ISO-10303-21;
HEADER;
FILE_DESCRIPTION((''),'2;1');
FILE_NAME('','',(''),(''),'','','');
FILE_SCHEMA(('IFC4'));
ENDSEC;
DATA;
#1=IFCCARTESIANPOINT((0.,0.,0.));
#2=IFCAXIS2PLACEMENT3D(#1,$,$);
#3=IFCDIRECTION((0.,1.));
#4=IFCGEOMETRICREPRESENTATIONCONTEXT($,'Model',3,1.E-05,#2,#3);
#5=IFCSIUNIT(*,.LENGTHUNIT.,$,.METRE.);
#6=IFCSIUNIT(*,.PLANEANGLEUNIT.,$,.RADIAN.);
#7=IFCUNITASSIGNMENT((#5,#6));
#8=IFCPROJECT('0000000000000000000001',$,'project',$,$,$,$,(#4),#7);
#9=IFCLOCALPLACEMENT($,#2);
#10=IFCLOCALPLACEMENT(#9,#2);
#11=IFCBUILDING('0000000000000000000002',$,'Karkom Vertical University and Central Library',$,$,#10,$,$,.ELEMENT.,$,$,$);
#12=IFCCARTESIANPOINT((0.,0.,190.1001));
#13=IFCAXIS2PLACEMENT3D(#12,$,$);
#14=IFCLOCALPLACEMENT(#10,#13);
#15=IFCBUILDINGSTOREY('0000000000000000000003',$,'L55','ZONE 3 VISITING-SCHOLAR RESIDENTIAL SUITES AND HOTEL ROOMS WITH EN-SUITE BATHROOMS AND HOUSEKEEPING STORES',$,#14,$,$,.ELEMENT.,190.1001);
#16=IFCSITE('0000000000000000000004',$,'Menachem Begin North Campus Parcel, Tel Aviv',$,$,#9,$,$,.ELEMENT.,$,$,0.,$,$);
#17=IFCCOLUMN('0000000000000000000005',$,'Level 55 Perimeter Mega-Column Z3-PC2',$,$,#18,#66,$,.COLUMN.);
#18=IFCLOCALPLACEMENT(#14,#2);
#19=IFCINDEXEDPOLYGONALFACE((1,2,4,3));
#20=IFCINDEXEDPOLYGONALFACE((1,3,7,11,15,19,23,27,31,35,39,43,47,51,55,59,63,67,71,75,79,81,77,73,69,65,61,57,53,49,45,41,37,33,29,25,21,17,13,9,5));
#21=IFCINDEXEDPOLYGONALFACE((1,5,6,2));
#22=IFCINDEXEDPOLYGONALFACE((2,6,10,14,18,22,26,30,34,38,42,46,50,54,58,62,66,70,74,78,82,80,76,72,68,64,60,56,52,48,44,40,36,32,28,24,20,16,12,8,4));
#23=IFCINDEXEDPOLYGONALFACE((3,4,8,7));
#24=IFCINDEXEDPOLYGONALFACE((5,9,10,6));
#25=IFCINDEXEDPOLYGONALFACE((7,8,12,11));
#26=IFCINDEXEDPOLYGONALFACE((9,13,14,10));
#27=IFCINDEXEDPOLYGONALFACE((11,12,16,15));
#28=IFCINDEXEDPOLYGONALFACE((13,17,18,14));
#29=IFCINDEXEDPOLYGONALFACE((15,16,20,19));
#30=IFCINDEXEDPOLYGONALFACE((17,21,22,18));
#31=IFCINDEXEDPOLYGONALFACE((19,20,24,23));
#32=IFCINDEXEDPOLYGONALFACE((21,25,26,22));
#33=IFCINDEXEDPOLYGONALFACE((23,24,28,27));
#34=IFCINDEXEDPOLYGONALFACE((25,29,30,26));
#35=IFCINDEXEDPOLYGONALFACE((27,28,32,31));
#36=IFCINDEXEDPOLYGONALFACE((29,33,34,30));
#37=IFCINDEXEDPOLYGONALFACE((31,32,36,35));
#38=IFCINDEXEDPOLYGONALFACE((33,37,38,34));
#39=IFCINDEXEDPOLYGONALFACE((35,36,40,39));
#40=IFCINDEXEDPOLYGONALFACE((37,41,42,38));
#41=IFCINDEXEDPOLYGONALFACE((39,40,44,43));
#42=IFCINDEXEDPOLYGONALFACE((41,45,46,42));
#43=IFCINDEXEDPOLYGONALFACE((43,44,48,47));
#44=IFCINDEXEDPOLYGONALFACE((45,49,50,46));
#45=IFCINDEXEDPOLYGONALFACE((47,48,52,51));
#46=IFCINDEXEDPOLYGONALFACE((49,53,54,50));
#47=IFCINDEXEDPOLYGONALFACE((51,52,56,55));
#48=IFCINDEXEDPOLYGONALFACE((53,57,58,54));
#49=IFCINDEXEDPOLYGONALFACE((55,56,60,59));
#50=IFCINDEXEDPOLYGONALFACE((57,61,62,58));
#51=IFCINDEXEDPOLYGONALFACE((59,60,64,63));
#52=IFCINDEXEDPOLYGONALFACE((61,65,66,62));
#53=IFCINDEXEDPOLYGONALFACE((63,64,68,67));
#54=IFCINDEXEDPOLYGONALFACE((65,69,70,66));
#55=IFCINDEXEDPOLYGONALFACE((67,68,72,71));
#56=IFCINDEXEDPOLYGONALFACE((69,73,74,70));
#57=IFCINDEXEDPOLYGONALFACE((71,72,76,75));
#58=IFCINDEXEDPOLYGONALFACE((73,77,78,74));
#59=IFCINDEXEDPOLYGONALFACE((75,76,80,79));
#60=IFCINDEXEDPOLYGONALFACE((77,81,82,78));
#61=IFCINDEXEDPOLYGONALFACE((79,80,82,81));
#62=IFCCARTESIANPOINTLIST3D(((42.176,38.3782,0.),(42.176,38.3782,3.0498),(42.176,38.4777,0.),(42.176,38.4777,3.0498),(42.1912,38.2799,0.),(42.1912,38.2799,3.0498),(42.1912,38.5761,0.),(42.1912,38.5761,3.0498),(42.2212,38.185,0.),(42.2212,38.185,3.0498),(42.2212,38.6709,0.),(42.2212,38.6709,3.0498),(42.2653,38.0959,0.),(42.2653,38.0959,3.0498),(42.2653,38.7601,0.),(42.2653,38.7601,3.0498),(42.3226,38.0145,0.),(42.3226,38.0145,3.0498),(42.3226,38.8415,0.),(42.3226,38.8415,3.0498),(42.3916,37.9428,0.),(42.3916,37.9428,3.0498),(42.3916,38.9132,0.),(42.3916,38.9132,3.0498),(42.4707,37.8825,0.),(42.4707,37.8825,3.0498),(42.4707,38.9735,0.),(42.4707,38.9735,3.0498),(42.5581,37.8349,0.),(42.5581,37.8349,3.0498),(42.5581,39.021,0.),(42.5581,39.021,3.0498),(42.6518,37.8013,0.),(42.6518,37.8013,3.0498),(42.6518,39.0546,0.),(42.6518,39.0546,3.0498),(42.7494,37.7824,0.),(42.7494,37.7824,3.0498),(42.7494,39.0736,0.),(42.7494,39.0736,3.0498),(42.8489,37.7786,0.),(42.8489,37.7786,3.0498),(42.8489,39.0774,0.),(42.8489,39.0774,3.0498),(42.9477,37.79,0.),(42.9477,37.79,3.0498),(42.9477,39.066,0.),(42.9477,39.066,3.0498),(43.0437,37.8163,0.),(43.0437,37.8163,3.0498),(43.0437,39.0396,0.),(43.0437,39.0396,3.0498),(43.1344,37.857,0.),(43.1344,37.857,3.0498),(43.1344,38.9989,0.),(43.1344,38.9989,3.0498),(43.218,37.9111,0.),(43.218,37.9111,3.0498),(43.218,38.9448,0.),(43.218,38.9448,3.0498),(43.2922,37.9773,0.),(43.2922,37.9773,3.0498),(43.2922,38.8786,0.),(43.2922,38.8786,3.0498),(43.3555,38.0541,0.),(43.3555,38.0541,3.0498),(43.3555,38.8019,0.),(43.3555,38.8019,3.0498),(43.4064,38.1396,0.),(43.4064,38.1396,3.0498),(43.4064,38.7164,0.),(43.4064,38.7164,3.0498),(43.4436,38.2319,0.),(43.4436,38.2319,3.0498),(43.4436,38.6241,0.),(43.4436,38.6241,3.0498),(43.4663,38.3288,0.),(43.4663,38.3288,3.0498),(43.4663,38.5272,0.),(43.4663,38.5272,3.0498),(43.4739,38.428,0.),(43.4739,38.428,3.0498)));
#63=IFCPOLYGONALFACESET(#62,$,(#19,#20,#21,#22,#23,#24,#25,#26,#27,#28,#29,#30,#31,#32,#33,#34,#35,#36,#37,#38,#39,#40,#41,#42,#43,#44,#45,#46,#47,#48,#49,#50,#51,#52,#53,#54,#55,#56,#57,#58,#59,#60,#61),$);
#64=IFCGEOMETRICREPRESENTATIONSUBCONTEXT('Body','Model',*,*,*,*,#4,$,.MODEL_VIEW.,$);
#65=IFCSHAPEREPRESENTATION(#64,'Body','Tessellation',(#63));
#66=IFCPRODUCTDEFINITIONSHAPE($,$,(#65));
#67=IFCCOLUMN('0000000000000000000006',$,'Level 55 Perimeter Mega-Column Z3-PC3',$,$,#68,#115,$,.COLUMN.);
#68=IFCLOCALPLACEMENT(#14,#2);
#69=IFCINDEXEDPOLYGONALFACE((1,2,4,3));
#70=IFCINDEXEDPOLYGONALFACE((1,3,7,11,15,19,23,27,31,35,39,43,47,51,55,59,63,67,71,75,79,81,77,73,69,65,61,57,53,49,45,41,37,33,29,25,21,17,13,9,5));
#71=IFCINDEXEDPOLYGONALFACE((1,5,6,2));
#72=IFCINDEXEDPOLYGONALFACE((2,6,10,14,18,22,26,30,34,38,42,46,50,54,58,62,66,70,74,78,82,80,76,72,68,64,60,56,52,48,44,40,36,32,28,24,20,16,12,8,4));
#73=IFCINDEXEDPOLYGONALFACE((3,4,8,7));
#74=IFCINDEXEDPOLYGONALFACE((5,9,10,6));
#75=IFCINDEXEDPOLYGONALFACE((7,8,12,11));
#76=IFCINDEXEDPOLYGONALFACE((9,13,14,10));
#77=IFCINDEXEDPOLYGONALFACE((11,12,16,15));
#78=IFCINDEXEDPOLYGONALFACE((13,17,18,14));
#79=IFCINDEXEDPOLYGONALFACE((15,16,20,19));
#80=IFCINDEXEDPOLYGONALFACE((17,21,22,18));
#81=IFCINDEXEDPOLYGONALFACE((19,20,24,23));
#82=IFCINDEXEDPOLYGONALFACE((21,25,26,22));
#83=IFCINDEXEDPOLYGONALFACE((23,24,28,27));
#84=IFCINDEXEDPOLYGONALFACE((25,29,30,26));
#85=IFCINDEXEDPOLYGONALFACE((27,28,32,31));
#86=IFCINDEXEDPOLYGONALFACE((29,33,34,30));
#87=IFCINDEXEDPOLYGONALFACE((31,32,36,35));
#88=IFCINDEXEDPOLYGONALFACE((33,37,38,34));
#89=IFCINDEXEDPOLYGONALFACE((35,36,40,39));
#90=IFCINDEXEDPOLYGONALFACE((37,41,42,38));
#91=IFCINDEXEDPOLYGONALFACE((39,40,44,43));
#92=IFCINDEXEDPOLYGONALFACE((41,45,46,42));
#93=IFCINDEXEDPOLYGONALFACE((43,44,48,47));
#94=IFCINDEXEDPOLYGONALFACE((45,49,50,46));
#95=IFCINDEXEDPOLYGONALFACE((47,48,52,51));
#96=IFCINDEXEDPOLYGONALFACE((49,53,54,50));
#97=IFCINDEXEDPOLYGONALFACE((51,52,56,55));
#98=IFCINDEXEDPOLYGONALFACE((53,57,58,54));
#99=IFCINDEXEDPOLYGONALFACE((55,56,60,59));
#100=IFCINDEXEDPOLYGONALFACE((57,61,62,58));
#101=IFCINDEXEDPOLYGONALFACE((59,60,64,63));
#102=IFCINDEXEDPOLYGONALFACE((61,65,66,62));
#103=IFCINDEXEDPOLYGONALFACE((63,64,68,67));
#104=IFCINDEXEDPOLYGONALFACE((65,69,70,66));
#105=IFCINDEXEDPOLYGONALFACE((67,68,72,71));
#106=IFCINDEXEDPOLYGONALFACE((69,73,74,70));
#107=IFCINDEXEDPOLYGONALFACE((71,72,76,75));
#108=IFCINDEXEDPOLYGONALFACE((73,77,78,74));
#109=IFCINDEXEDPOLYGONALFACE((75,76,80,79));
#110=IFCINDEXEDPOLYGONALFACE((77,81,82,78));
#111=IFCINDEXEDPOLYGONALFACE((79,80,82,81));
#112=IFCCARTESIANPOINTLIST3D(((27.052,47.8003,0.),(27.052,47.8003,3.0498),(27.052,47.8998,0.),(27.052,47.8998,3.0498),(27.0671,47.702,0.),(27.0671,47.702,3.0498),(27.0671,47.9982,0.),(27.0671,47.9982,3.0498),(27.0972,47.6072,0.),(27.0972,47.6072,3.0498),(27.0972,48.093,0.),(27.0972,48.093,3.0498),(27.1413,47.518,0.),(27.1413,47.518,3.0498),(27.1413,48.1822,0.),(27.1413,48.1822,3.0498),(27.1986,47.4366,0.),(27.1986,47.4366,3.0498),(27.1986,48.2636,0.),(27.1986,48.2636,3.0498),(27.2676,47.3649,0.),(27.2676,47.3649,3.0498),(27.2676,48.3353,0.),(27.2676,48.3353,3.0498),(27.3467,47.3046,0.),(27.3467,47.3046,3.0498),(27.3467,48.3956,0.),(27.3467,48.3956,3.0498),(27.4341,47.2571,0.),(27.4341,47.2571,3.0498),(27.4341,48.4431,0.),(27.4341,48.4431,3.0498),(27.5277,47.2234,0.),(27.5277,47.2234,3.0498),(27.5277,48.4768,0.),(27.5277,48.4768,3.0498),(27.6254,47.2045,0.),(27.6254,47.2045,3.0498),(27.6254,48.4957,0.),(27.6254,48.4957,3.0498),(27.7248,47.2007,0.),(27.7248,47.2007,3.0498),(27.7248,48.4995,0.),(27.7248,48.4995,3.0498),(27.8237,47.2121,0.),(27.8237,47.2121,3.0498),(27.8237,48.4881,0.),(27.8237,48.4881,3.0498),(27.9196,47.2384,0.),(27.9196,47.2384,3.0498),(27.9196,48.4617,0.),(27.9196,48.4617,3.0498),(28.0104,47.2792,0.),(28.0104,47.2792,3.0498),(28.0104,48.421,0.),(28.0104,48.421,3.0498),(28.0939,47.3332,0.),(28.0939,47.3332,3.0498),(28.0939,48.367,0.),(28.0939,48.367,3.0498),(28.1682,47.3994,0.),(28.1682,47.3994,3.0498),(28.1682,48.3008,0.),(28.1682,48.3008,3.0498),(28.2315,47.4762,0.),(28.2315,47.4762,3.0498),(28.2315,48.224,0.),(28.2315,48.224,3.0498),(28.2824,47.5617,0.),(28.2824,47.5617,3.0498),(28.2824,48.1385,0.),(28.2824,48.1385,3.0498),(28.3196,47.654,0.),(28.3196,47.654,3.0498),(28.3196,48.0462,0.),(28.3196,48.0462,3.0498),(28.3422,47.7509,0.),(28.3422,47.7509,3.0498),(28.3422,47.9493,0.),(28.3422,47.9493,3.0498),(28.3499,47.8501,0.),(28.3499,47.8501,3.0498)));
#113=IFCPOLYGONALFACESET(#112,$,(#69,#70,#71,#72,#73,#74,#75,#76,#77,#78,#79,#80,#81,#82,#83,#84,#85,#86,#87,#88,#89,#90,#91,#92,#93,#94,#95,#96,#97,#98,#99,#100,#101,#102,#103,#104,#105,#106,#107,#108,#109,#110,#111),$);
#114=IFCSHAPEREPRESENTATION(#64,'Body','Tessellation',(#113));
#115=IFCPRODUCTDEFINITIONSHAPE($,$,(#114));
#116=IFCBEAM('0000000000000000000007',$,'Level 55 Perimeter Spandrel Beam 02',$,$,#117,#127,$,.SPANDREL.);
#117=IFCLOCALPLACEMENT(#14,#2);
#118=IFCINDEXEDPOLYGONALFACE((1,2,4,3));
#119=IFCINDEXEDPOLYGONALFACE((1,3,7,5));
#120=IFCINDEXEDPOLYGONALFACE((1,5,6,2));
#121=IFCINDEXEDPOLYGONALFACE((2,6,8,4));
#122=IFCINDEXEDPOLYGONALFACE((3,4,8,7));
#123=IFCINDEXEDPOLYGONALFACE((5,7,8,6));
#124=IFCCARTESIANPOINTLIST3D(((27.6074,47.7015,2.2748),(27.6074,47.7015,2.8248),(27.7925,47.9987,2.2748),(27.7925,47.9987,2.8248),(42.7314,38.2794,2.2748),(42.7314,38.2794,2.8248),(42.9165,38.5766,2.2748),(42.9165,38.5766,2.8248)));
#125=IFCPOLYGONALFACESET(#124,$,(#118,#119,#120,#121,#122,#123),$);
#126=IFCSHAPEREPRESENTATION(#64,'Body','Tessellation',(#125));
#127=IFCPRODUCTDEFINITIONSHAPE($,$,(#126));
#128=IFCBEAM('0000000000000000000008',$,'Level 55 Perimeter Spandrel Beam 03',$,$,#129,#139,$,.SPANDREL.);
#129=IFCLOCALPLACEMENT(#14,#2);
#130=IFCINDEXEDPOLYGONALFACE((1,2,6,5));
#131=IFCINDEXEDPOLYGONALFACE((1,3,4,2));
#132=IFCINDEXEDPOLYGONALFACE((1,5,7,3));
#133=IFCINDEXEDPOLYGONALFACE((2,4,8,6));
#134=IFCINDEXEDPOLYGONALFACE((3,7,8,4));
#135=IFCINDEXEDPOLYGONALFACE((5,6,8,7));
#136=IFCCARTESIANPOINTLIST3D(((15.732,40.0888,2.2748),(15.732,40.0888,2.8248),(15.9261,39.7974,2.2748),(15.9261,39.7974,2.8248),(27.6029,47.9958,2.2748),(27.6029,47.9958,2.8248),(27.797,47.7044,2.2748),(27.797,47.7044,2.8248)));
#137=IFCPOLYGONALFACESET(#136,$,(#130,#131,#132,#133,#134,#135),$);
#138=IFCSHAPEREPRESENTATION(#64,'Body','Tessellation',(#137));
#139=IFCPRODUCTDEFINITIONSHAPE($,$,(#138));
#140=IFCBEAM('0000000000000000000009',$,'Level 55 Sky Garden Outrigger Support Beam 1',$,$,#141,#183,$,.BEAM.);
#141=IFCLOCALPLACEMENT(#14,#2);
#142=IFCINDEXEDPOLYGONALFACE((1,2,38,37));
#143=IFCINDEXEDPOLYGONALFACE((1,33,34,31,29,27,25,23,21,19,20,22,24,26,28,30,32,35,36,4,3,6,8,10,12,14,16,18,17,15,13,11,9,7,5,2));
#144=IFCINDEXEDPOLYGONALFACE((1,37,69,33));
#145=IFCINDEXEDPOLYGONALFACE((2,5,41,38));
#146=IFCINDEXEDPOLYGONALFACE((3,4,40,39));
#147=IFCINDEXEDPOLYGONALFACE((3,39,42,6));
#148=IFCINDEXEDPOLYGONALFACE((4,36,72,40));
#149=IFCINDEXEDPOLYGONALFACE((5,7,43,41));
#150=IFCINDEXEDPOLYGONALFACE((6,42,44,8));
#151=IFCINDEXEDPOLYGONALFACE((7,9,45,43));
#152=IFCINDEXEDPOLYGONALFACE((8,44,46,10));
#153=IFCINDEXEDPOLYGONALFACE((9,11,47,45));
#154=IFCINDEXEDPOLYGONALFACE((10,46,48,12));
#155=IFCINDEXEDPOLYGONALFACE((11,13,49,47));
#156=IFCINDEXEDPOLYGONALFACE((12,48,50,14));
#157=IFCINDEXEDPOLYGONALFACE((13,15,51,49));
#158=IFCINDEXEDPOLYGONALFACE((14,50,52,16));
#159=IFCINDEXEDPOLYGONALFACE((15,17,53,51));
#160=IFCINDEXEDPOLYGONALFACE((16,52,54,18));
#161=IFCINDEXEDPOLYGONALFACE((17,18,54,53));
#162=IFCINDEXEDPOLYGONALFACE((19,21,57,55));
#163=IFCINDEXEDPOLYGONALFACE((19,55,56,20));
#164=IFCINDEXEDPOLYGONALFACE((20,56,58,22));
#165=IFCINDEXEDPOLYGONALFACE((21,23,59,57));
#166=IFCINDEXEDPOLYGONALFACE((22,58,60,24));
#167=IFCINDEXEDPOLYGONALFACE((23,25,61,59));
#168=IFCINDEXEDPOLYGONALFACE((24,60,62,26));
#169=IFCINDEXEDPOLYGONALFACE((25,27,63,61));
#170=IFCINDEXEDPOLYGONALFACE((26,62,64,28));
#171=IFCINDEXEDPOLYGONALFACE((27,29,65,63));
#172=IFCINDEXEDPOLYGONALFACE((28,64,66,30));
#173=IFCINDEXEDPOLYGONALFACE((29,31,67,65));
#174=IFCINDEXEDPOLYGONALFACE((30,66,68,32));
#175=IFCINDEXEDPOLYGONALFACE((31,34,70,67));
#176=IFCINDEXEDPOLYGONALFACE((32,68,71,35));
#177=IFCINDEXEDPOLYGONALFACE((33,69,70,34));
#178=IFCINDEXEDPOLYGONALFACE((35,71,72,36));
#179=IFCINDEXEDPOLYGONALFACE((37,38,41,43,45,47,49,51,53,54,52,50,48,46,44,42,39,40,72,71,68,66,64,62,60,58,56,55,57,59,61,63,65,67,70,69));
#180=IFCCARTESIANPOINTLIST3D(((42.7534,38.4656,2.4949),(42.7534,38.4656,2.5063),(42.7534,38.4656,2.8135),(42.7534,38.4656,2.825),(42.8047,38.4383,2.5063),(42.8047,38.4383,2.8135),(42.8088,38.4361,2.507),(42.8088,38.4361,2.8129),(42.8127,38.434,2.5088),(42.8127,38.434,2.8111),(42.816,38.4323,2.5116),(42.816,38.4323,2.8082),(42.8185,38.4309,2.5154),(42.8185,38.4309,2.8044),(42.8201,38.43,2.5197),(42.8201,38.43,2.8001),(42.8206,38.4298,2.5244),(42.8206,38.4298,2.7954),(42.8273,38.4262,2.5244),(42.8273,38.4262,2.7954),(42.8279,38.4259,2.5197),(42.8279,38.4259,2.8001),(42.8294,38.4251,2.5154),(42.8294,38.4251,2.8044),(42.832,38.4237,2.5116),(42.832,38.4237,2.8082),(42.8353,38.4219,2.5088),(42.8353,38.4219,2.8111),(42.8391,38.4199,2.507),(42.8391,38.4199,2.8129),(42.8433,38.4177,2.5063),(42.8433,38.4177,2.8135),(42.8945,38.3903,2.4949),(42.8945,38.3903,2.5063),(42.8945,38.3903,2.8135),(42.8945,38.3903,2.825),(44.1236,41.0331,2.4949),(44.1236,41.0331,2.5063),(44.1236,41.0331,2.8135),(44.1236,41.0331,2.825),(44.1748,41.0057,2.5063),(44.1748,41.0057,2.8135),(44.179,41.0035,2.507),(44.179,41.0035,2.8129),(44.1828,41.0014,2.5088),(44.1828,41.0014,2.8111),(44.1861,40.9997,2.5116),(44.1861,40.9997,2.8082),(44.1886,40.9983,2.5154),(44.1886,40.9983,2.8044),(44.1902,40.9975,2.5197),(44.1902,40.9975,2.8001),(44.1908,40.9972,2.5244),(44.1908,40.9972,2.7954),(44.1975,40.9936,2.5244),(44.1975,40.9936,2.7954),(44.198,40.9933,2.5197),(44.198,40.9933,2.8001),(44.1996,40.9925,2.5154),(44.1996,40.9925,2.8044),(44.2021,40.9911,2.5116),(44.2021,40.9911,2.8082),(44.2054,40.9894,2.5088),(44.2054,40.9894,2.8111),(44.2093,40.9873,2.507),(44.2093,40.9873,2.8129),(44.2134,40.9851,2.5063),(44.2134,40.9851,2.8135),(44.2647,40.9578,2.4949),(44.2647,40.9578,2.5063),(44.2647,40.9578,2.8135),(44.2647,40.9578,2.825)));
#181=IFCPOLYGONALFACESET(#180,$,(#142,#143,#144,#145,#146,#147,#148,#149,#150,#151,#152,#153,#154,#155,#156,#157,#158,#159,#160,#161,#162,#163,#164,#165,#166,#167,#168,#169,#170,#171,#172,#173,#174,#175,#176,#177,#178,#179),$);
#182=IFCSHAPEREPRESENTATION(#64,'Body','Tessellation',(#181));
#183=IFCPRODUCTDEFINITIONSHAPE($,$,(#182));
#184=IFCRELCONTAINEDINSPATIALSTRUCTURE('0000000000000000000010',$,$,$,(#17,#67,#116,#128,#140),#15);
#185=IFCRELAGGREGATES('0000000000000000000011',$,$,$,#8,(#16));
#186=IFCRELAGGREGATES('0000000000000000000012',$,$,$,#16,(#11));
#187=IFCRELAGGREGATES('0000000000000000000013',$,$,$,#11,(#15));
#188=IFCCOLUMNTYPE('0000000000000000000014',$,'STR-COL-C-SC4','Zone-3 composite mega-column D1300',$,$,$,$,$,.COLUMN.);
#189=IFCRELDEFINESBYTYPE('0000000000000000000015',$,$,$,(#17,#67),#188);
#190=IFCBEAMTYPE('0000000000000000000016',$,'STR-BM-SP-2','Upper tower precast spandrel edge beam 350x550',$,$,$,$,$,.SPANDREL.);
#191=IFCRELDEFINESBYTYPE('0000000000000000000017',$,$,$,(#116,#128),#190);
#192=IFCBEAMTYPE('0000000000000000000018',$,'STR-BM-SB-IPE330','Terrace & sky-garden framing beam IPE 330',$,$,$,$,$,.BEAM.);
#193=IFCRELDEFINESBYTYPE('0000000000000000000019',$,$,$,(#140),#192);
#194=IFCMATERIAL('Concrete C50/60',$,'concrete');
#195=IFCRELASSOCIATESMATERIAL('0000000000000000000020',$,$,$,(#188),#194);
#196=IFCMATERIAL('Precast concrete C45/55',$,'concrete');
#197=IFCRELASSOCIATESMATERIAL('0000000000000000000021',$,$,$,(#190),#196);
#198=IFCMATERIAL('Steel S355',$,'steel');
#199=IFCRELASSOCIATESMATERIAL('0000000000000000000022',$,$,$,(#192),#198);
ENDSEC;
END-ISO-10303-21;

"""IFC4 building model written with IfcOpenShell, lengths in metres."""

from ifc_helpers import new_model, si_unit, direction, frame, origin, origin_with_axes, origin_2d, place, context, subcontext, project, spatial, rectangle, circle, i_section, extrude, source, transform, mapped, material, material_profile, profile_set, type_object, element, save


model = new_model("IFC4")

# Units and contexts
model_context = context("Model", 3, precision=1e-05, world=origin(), true_north=direction((0.0, 1.0)))
body_context = subcontext(model_context, "Body", "Model", "MODEL_VIEW")
ifc_project = project(units=[si_unit("LENGTHUNIT", "METRE"), si_unit("PLANEANGLEUNIT", "RADIAN")], contexts=[model_context])

# Site, building, storey
site_placement = place(None, origin())
site = spatial("IfcSite", under=ifc_project, at=site_placement, Name="Menachem Begin North Campus Parcel, Tel Aviv", CompositionType="ELEMENT", RefElevation=0.0)
building_placement = place(site_placement, origin())
building = spatial("IfcBuilding", under=site, at=building_placement, Name="Karkom Vertical University and Central Library", CompositionType="ELEMENT")
storey_placement = place(building_placement, frame((0.0, 0.0, 190.1001)))
storey = spatial("IfcBuildingStorey", under=building, at=storey_placement, Name="L55", Description="ZONE 3 VISITING-SCHOLAR RESIDENTIAL SUITES AND HOTEL ROOMS WITH EN-SUITE BATHROOMS AND HOUSEKEEPING STORES", CompositionType="ELEMENT", Elevation=190.1001)

# Columns
ifc_material_1 = material(Name="Concrete C50/60", Category="concrete")
ifc_material_profile_1 = material_profile(ifc_material_1, circle(Radius=0.6499, at=origin_2d()), Name="CFT-D1300")
ifc_profile_set_1 = profile_set([ifc_material_profile_1], Name="Concrete C50/60")
column_type = type_object("IfcColumnType", Name="STR-COL-C-SC4", Description="Zone-3 composite mega-column D1300", PredefinedType="COLUMN", material=ifc_profile_set_1)
shared_shape_1 = source(origin_with_axes(), body_context, "Body", "SweptSolid", [
    extrude(circle(Radius=0.6499, at=origin_2d()), origin(), (0.0, 0.0, 1.0), 3.0498),
])
for number, where, z_axis, x_axis, name in (
    (1, (42.824, 38.428, 0.0), (0.0, 0.0, 1.0), (1.0, 0.0, 0.0), "Level 55 Perimeter Mega-Column Z3-PC2"),
    (2, (27.7, 47.8501, 0.0), (0.0, 0.0, 1.0), (1.0, 0.0, 0.0), "Level 55 Perimeter Mega-Column Z3-PC3"),
):
    element("IfcColumn", number, at=place(storey_placement, frame(where, z_axis=z_axis, x_axis=x_axis)), inside=storey, type_object=column_type, Name=name, PredefinedType="COLUMN", context=body_context, shape_type="MappedRepresentation", body=[
        mapped(shared_shape_1, transform((0.0, 0.0, 0.0), scale=1.0)),
    ])

# Beams
ifc_material_2 = material(Name="Precast concrete C45/55", Category="concrete")
ifc_material_profile_2 = material_profile(ifc_material_2, rectangle(XDim=0.3501, YDim=0.55, at=origin_2d()), Name="SPB-350x550")
ifc_profile_set_2 = profile_set([ifc_material_profile_2], Name="Precast concrete C45/55")
beam_type_1 = type_object("IfcBeamType", Name="STR-BM-SP-2", Description="Upper tower precast spandrel edge beam 350x550", PredefinedType="SPANDREL", material=ifc_profile_set_2)
shared_shape_2 = source(origin_with_axes(), body_context, "Body", "SweptSolid", [
    extrude(rectangle(XDim=0.3501, YDim=0.55, at=origin_2d()), origin(), (0.0, 0.0, 1.0), 17.8188),
])
beam_1_placement = place(storey_placement, frame((42.824, 38.428, 2.5498), z_axis=(-0.848764, 0.528772, 0.0), x_axis=(-0.528772, -0.848764, 0.0)))
element("IfcBeam", 3, at=beam_1_placement, inside=storey, type_object=beam_type_1, Name="Level 55 Perimeter Spandrel Beam 02", PredefinedType="SPANDREL", context=body_context, shape_type="MappedRepresentation", body=[
    mapped(shared_shape_2, transform((0.0, 0.0, 0.0), scale=1.0)),
])
shared_shape_3 = source(origin_with_axes(), body_context, "Body", "SweptSolid", [
    extrude(rectangle(XDim=0.3501, YDim=0.55, at=origin_2d()), origin(), (0.0, 0.0, 1.0), 14.2632),
])
beam_2_placement = place(storey_placement, frame((27.7, 47.8501, 2.5498), z_axis=(-0.832274, -0.554364, 0.0), x_axis=(0.554364, -0.832274, 0.0)))
element("IfcBeam", 4, at=beam_2_placement, inside=storey, type_object=beam_type_1, Name="Level 55 Perimeter Spandrel Beam 03", PredefinedType="SPANDREL", context=body_context, shape_type="MappedRepresentation", body=[
    mapped(shared_shape_3, transform((0.0, 0.0, 0.0), scale=1.0)),
])
ifc_material_3 = material(Name="Steel S355", Category="steel")
ifc_material_profile_3 = material_profile(ifc_material_3, i_section(OverallWidth=0.1599, OverallDepth=0.3301, WebThickness=0.0076, FlangeThickness=0.0115, FilletRadius=0.0181, at=origin_2d()), Name="IPE 330")
ifc_profile_set_3 = profile_set([ifc_material_profile_3], Name="Steel S355")
beam_type_2 = type_object("IfcBeamType", Name="STR-BM-SB-IPE330", Description="Terrace & sky-garden framing beam IPE 330", PredefinedType="BEAM", material=ifc_profile_set_3)
shared_shape_4 = source(origin_with_axes(), body_context, "Body", "SweptSolid", [
    extrude(i_section(OverallWidth=0.1599, OverallDepth=0.3301, WebThickness=0.0076, FlangeThickness=0.0115, FilletRadius=0.0181, at=origin_2d()), origin(), (0.0, 0.0, 1.0), 2.9102),
])
beam_3_placement = place(storey_placement, frame((42.824, 38.428, 2.6599), z_axis=(0.470815, 0.882232, 0.0), x_axis=(-0.882232, 0.470815, 0.0)))
element("IfcBeam", 5, at=beam_3_placement, inside=storey, type_object=beam_type_2, Name="Level 55 Sky Garden Outrigger Support Beam 1", PredefinedType="BEAM", context=body_context, shape_type="MappedRepresentation", body=[
    mapped(shared_shape_4, transform((0.0, 0.0, 0.0), scale=1.0)),
])

save(model, "model.ifc")
